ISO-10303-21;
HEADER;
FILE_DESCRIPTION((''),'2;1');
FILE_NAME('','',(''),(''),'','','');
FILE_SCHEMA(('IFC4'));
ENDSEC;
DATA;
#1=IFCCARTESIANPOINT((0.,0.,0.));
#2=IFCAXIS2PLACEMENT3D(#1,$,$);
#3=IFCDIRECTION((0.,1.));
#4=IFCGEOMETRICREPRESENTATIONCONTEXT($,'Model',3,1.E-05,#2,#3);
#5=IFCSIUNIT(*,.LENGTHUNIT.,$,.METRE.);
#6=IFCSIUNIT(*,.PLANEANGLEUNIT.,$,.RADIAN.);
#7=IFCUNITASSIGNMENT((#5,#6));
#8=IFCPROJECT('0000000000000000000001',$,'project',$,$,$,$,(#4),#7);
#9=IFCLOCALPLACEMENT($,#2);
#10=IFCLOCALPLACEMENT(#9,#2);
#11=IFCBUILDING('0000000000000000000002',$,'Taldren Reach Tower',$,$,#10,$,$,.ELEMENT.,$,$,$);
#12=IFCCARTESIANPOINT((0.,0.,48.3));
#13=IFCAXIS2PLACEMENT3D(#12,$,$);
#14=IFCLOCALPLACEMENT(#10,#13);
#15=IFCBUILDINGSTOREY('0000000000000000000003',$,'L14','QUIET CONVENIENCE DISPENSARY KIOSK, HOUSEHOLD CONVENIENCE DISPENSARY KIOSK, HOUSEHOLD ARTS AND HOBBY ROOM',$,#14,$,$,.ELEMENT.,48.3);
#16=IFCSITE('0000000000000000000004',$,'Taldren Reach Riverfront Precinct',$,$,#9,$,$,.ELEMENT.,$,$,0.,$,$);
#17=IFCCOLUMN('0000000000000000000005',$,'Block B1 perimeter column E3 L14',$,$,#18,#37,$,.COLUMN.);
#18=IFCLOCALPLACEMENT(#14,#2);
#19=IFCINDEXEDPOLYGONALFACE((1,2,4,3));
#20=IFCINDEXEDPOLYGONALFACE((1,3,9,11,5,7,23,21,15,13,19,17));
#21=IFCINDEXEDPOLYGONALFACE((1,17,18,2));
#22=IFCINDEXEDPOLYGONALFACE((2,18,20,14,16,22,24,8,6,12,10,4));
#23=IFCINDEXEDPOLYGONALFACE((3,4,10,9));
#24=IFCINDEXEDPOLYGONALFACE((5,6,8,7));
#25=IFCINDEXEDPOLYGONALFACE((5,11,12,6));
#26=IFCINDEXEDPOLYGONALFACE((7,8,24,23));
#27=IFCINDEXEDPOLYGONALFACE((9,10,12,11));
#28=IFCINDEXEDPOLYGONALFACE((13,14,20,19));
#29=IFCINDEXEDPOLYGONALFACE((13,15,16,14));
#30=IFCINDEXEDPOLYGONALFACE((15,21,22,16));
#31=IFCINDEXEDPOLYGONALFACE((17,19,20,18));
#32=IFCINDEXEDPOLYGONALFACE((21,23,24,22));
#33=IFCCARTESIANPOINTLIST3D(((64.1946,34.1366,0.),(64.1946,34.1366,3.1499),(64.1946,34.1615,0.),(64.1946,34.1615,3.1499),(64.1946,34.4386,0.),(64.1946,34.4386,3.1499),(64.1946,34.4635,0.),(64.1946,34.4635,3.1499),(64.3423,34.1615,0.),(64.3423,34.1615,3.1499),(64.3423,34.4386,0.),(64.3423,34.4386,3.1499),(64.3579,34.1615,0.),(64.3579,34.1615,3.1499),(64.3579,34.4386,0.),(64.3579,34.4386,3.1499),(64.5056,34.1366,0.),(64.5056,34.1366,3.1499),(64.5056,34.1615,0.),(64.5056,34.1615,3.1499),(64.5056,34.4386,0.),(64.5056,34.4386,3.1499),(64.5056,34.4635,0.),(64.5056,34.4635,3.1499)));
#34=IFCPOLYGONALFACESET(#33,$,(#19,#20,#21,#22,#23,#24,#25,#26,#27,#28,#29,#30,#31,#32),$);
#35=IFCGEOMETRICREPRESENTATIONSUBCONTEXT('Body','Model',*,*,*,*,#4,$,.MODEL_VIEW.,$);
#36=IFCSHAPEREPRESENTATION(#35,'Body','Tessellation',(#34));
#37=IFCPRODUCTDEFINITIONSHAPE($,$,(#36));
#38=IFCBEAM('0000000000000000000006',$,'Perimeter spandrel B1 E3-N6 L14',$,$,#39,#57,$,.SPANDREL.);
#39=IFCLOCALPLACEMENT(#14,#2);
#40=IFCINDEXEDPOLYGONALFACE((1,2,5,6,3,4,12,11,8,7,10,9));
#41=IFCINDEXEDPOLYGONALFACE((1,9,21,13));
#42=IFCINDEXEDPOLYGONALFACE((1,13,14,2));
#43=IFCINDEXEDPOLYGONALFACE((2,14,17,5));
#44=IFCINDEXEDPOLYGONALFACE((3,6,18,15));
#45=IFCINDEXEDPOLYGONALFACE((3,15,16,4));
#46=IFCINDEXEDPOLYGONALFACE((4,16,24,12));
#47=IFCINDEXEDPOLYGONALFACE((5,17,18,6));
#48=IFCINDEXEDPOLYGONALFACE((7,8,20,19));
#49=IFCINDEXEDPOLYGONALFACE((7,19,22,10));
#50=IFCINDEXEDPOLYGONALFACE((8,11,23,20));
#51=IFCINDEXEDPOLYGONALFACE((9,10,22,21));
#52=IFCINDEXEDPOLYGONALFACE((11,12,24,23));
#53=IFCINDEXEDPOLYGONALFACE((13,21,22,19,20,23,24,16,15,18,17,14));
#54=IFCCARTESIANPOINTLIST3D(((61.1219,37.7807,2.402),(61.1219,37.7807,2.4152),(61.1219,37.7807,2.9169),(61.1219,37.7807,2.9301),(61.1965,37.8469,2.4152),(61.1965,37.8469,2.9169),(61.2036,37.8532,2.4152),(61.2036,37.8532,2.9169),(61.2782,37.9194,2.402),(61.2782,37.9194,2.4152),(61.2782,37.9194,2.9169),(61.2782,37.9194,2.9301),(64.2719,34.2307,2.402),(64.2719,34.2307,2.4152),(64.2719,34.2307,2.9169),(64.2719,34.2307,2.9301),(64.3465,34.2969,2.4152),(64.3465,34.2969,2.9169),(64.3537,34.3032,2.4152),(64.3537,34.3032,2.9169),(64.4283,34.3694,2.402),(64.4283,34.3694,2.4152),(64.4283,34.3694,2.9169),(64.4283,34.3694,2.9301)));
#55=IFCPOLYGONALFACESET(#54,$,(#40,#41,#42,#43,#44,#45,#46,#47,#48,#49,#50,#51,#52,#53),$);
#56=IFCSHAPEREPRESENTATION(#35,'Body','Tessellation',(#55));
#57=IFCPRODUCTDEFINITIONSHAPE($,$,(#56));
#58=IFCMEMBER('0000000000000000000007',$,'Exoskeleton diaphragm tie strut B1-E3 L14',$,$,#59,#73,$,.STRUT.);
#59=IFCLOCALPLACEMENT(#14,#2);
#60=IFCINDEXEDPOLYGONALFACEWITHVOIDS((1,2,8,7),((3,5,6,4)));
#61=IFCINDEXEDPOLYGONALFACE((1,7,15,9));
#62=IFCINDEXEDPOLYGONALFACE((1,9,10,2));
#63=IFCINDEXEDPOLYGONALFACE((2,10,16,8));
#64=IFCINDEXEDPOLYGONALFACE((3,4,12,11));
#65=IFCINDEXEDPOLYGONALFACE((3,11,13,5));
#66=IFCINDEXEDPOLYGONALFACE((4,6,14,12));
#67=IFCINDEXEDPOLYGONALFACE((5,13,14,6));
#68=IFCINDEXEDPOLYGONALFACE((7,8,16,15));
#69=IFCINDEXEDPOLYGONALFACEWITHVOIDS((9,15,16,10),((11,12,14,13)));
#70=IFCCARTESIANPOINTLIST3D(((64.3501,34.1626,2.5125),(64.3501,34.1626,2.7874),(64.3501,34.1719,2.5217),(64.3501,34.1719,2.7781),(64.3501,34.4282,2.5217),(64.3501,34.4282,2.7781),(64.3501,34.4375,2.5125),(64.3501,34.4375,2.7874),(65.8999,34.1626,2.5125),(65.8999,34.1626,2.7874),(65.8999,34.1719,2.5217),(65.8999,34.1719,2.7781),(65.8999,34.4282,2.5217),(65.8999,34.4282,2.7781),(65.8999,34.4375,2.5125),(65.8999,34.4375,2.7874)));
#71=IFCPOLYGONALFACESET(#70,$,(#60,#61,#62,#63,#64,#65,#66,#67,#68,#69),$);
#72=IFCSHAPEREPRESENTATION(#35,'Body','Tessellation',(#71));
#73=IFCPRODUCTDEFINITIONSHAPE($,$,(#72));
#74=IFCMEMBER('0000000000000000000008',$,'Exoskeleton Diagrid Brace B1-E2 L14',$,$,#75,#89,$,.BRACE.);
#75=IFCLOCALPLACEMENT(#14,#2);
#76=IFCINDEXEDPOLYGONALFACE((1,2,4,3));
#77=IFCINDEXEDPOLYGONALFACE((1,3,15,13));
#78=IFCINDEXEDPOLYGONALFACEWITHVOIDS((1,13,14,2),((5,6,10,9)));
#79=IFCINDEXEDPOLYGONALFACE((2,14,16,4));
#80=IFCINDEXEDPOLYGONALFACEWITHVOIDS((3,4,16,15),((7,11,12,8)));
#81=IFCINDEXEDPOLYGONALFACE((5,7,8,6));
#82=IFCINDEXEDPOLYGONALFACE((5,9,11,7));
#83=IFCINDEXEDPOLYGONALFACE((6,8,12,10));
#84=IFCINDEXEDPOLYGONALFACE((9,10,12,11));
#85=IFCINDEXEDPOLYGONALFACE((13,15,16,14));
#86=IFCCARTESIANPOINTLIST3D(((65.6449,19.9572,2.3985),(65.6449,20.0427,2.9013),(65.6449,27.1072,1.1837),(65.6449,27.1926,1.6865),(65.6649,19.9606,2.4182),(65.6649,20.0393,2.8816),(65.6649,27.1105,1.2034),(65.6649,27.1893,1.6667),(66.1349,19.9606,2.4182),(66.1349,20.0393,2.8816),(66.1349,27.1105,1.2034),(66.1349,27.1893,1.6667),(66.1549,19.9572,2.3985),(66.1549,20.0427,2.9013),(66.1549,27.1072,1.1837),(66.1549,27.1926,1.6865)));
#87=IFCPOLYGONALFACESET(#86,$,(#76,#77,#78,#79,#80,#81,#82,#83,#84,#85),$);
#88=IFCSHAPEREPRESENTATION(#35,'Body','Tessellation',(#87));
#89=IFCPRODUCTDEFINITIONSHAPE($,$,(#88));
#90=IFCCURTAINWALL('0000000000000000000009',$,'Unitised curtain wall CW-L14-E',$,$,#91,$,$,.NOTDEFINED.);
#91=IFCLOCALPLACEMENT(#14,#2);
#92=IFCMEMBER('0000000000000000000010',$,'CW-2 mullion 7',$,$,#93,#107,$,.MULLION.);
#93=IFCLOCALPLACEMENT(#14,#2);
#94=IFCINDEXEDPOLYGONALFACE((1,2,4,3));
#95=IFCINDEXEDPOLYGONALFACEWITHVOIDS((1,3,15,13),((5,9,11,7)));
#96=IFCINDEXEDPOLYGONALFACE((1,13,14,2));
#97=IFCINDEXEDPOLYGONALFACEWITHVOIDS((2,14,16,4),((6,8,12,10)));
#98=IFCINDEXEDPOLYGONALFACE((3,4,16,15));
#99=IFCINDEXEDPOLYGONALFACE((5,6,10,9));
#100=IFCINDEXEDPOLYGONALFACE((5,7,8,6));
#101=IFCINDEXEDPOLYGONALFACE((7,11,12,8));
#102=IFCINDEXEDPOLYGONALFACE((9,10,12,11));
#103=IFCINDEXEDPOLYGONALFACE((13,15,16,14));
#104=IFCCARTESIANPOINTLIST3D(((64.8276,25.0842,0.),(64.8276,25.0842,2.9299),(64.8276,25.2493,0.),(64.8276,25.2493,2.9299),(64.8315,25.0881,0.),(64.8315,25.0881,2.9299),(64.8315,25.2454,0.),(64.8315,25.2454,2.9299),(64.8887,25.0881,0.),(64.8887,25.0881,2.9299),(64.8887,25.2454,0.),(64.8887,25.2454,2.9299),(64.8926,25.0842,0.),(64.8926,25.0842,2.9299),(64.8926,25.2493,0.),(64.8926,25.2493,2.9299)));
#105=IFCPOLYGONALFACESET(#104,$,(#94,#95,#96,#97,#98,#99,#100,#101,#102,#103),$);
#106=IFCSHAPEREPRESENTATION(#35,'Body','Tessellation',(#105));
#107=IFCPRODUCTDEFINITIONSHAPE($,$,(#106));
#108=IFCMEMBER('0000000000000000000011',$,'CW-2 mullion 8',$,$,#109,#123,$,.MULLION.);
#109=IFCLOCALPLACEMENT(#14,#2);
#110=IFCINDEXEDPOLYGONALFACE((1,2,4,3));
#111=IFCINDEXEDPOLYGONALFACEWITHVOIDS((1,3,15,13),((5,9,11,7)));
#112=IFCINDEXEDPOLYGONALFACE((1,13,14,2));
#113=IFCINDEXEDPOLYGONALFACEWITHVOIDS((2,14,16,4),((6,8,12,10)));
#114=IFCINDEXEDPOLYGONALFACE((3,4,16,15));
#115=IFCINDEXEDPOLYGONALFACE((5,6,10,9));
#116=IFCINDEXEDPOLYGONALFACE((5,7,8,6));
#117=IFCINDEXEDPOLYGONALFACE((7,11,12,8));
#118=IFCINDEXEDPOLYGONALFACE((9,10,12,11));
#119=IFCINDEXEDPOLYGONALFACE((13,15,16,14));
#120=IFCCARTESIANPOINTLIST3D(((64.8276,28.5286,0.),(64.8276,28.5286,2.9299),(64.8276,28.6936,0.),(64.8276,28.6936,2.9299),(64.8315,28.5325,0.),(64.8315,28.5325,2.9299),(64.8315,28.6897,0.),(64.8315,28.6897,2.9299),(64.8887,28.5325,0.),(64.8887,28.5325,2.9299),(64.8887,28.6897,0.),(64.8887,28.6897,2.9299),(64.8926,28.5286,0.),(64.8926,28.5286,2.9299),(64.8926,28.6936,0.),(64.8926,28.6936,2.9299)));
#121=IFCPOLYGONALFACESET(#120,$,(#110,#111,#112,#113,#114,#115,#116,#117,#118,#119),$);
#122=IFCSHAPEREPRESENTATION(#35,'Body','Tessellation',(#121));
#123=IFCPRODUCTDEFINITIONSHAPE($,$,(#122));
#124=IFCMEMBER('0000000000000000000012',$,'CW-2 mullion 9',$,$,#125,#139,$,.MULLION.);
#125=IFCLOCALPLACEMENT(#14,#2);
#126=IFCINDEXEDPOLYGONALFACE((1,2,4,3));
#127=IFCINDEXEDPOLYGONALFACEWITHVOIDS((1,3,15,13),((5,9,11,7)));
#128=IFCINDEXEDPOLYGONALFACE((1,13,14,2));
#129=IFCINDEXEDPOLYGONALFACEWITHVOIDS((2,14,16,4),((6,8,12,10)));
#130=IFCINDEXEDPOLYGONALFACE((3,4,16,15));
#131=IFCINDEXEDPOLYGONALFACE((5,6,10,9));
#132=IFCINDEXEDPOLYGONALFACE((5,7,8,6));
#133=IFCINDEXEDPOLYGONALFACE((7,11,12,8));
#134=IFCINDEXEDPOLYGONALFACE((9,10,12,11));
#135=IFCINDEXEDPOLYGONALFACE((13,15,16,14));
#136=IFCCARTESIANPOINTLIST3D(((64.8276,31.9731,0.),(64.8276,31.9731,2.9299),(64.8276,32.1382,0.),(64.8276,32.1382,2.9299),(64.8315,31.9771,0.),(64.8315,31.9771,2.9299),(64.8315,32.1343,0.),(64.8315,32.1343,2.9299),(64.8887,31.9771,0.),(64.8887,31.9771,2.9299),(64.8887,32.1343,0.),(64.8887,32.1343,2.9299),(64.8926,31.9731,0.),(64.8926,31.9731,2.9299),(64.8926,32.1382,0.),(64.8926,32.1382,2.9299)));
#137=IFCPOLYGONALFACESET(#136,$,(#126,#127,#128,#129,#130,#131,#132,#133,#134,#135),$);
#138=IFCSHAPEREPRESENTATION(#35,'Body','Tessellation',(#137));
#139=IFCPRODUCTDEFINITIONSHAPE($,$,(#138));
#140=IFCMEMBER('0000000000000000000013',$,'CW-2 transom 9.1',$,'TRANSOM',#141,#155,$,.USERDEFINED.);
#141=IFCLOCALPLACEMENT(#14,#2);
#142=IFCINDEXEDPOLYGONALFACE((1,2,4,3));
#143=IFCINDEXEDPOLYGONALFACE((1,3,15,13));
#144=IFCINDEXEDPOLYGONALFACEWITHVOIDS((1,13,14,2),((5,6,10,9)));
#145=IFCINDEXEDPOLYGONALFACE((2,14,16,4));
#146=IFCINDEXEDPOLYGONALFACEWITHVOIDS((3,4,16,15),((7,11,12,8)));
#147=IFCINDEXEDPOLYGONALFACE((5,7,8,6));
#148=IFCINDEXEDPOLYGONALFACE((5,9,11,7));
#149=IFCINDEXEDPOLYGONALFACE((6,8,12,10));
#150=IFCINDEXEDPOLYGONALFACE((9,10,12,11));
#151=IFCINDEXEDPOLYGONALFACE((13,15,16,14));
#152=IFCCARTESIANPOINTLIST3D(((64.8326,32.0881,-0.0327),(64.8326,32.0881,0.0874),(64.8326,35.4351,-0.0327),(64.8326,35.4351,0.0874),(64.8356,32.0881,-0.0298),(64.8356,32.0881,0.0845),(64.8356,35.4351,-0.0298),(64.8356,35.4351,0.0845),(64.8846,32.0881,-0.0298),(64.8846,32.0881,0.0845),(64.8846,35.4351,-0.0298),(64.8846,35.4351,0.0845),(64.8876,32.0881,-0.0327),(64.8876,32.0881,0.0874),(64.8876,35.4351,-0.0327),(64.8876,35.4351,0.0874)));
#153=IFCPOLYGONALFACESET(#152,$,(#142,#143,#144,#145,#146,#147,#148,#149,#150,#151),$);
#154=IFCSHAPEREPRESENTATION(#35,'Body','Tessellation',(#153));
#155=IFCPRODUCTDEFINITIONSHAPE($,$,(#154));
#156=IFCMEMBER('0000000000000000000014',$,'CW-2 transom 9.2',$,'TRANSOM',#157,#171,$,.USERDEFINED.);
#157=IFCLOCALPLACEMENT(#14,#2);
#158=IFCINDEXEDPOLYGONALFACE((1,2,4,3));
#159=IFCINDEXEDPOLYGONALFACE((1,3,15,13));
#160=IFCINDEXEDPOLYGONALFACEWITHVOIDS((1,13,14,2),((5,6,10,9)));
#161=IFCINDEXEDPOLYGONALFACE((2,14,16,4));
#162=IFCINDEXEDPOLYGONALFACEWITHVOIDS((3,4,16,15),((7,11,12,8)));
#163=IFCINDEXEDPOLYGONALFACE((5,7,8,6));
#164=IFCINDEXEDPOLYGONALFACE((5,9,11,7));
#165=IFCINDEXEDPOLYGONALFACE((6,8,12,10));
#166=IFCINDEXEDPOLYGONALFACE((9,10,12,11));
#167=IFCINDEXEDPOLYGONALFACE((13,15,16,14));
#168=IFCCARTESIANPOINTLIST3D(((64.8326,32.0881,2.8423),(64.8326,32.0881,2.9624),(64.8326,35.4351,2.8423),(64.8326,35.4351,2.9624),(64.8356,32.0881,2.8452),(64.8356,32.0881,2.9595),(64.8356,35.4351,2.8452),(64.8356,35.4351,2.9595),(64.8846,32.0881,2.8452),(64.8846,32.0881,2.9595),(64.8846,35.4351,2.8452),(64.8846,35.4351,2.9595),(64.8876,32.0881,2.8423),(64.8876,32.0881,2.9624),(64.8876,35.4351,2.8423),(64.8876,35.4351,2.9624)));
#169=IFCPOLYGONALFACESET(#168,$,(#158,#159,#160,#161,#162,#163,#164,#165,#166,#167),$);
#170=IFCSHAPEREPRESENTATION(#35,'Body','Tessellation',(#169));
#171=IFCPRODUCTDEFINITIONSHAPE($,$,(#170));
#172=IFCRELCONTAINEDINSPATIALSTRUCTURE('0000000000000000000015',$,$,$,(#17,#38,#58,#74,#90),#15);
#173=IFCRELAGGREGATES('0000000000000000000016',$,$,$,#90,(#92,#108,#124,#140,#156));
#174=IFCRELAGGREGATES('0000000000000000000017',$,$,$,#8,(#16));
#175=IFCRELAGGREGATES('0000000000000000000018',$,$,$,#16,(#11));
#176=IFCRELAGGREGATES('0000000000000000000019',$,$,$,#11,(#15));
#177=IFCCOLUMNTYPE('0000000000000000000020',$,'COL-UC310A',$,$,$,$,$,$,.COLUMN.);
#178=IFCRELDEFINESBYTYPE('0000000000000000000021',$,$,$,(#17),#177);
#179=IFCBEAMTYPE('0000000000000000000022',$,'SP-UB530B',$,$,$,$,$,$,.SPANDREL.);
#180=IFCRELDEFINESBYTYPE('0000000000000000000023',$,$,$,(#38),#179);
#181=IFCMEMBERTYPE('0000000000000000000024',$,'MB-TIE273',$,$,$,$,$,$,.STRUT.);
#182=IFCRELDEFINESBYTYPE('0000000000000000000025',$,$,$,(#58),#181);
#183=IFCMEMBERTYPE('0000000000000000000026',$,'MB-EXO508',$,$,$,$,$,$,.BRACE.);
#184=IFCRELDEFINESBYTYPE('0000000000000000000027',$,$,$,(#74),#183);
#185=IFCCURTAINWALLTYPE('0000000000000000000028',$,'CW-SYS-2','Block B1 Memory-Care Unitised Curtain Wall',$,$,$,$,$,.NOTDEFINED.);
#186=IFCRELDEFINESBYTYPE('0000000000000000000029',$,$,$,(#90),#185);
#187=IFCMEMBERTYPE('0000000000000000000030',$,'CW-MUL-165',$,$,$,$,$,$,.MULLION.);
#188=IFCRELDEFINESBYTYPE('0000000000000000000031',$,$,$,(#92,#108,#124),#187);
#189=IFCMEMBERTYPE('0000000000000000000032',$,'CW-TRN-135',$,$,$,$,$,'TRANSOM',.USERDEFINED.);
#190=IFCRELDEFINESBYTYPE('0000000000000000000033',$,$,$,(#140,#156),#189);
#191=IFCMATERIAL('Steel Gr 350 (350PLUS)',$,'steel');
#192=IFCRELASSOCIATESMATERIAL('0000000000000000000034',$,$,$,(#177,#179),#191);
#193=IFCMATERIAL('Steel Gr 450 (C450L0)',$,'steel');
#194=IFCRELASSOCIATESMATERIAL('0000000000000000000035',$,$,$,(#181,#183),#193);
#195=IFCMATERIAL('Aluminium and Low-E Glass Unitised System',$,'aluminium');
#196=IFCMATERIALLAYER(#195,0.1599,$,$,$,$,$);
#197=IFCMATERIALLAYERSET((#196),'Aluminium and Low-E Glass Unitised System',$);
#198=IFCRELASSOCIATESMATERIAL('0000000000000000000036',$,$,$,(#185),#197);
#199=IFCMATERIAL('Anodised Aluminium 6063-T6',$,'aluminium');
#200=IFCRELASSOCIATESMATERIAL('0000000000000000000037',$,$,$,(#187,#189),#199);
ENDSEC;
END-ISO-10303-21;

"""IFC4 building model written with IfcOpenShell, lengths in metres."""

from ifc_helpers import new_model, si_unit, direction, frame, origin, origin_2d, place, context, subcontext, project, spatial, hollow_rectangle, i_section, extrude, source, transform, mapped, material, layer, layer_set, material_profile, profile_set, type_object, element, aggregate, save


model = new_model("IFC4")

# Units and contexts
model_context = context("Model", 3, precision=1e-05, world=origin(), true_north=direction((0.0, 1.0)))
body_context = subcontext(model_context, "Body", "Model", "MODEL_VIEW")
ifc_project = project(units=[si_unit("LENGTHUNIT", "METRE"), si_unit("PLANEANGLEUNIT", "RADIAN")], contexts=[model_context])

# Site, building, storey
site_placement = place(None, origin())
site = spatial("IfcSite", under=ifc_project, at=site_placement, Name="Taldren Reach Riverfront Precinct", CompositionType="ELEMENT", RefElevation=0.0)
building_placement = place(site_placement, origin())
building = spatial("IfcBuilding", under=site, at=building_placement, Name="Taldren Reach Tower", CompositionType="ELEMENT")
storey_placement = place(building_placement, frame((0.0, 0.0, 48.3)))
storey = spatial("IfcBuildingStorey", under=building, at=storey_placement, Name="L14", Description="QUIET CONVENIENCE DISPENSARY KIOSK, HOUSEHOLD CONVENIENCE DISPENSARY KIOSK, HOUSEHOLD ARTS AND HOBBY ROOM", CompositionType="ELEMENT", Elevation=48.3)

# Column
ifc_material_1 = material(Name="Steel Gr 350 (350PLUS)", Category="steel")
ifc_material_profile_1 = material_profile(ifc_material_1, i_section(OverallWidth=0.311, OverallDepth=0.3269, WebThickness=0.0156, FlangeThickness=0.0249, at=origin_2d()), Name="310UC158")
ifc_profile_set_1 = profile_set([ifc_material_profile_1], Name="Steel Gr 350 (350PLUS)")
column_type = type_object("IfcColumnType", Name="COL-UC310A", PredefinedType="COLUMN", material=ifc_profile_set_1)
shared_shape_1 = source(origin(), body_context, "Body", "SweptSolid", [
    extrude(i_section(OverallWidth=0.311, OverallDepth=0.3269, WebThickness=0.0156, FlangeThickness=0.0249, at=origin_2d()), origin(), (0.0, 0.0, 1.0), 3.1499),
])
column_placement = place(storey_placement, frame((64.3501, 34.3, 0.0), z_axis=(0.0, 0.0, 1.0), x_axis=(1.0, 0.0, 0.0)))
element("IfcColumn", 1, at=column_placement, inside=storey, type_object=column_type, Name="Block B1 perimeter column E3 L14", PredefinedType="COLUMN", context=body_context, shape_type="MappedRepresentation", body=[
    mapped(shared_shape_1, transform((0.0, 0.0, 0.0), scale=1.0)),
])

# Beam
ifc_material_profile_2 = material_profile(ifc_material_1, i_section(OverallWidth=0.209, OverallDepth=0.5281, WebThickness=0.0095, FlangeThickness=0.0132, at=origin_2d()), Name="530UB82.0")
ifc_profile_set_2 = profile_set([ifc_material_profile_2], Name="Steel Gr 350 (350PLUS)")
beam_type = type_object("IfcBeamType", Name="SP-UB530B", PredefinedType="SPANDREL", material=ifc_profile_set_2)
shared_shape_2 = source(origin(), body_context, "Body", "SweptSolid", [
    extrude(i_section(OverallWidth=0.209, OverallDepth=0.5281, WebThickness=0.0095, FlangeThickness=0.0132, at=origin_2d()), origin(), (0.0, 0.0, 1.0), 4.7461),
])
beam_placement = place(storey_placement, frame((64.3501, 34.3, 2.666), z_axis=(-0.663722, 0.747979, 0.0), x_axis=(-0.747979, -0.663722, 0.0)))
element("IfcBeam", 2, at=beam_placement, inside=storey, type_object=beam_type, Name="Perimeter spandrel B1 E3-N6 L14", PredefinedType="SPANDREL", context=body_context, shape_type="MappedRepresentation", body=[
    mapped(shared_shape_2, transform((0.0, 0.0, 0.0), scale=1.0)),
])

# Members
ifc_material_2 = material(Name="Steel Gr 450 (C450L0)", Category="steel")
ifc_material_profile_3 = material_profile(ifc_material_2, hollow_rectangle(XDim=0.2749, YDim=0.2749, WallThickness=0.0093, at=origin_2d()), Name="275x275x9.3SHS")
ifc_profile_set_3 = profile_set([ifc_material_profile_3], Name="Steel Gr 450 (C450L0)")
member_type_1 = type_object("IfcMemberType", Name="MB-TIE273", PredefinedType="STRUT", material=ifc_profile_set_3)
shared_shape_3 = source(origin(), body_context, "Body", "SweptSolid", [
    extrude(hollow_rectangle(XDim=0.2749, YDim=0.2749, WallThickness=0.0093, at=origin_2d()), origin(), (0.0, 0.0, 1.0), 1.5498),
])
member_1_placement = place(storey_placement, frame((64.3501, 34.3, 2.6499), z_axis=(1.0, 0.0, 0.0), x_axis=(0.0, 1.0, 0.0)))
element("IfcMember", 3, at=member_1_placement, inside=storey, type_object=member_type_1, Name="Exoskeleton diaphragm tie strut B1-E3 L14", PredefinedType="STRUT", context=body_context, shape_type="MappedRepresentation", body=[
    mapped(shared_shape_3, transform((0.0, 0.0, 0.0), scale=1.0)),
])
ifc_material_profile_4 = material_profile(ifc_material_2, hollow_rectangle(XDim=0.51, YDim=0.51, WallThickness=0.02, at=origin_2d()), Name="510x510x20.0SHS")
ifc_profile_set_4 = profile_set([ifc_material_profile_4], Name="Steel Gr 450 (C450L0)")
member_type_2 = type_object("IfcMemberType", Name="MB-EXO508", PredefinedType="BRACE", material=ifc_profile_set_4)
shared_shape_4 = source(origin(), body_context, "Body", "SweptSolid", [
    extrude(hollow_rectangle(XDim=0.51, YDim=0.51, WallThickness=0.02, at=origin_2d()), origin(), (0.0, 0.0, 1.0), 7.2524),
])
member_2_placement = place(storey_placement, frame((65.8999, 27.1499, 1.4351), z_axis=(0.0, -0.98587, 0.16751), x_axis=(1.0, 0.0, 0.0)))
element("IfcMember", 4, at=member_2_placement, inside=storey, type_object=member_type_2, Name="Exoskeleton Diagrid Brace B1-E2 L14", PredefinedType="BRACE", context=body_context, shape_type="MappedRepresentation", body=[
    mapped(shared_shape_4, transform((0.0, 0.0, 0.0), scale=1.0)),
])

# Curtain wall, members
ifc_material_3 = material(Name="Aluminium and Low-E Glass Unitised System", Category="aluminium")
ifc_layer_1 = layer(ifc_material_3, 0.1599)
ifc_layer_set_1 = layer_set([ifc_layer_1], Name="Aluminium and Low-E Glass Unitised System")
curtain_wall_type = type_object("IfcCurtainWallType", Name="CW-SYS-2", Description="Block B1 Memory-Care Unitised Curtain Wall", PredefinedType="NOTDEFINED", material=ifc_layer_set_1)
curtain_wall_placement = place(storey_placement, origin())
curtain_wall = element("IfcCurtainWall", 5, at=curtain_wall_placement, inside=storey, type_object=curtain_wall_type, Name="Unitised curtain wall CW-L14-E", PredefinedType="NOTDEFINED")
ifc_material_4 = material(Name="Anodised Aluminium 6063-T6", Category="aluminium")
ifc_material_profile_5 = material_profile(ifc_material_4, hollow_rectangle(XDim=0.0649, YDim=0.165, WallThickness=0.0039, at=origin_2d()), Name="ALU-165x65x4RHS")
ifc_profile_set_5 = profile_set([ifc_material_profile_5], Name="Anodised Aluminium 6063-T6")
member_type_3 = type_object("IfcMemberType", Name="CW-MUL-165", PredefinedType="MULLION", material=ifc_profile_set_5)
shared_shape_5 = source(origin(), body_context, "Body", "SweptSolid", [
    extrude(hollow_rectangle(XDim=0.0649, YDim=0.165, WallThickness=0.0039, at=origin_2d()), origin(), (0.0, 0.0, 1.0), 2.9299),
])
member_3_placement = place(storey_placement, frame((64.8601, 25.1667, 0.0), z_axis=(0.0, 0.0, 1.0), x_axis=(-1.0, 0.0, 0.0)))
member_3 = element("IfcMember", 6, at=member_3_placement, type_object=member_type_3, Name="CW-2 mullion 7", PredefinedType="MULLION", context=body_context, shape_type="MappedRepresentation", body=[
    mapped(shared_shape_5, transform((0.0, 0.0, 0.0), scale=1.0)),
])
member_4_placement = place(storey_placement, frame((64.8601, 28.6111, 0.0), z_axis=(0.0, 0.0, 1.0), x_axis=(-1.0, 0.0, 0.0)))
member_4 = element("IfcMember", 7, at=member_4_placement, type_object=member_type_3, Name="CW-2 mullion 8", PredefinedType="MULLION", context=body_context, shape_type="MappedRepresentation", body=[
    mapped(shared_shape_5, transform((0.0, 0.0, 0.0), scale=1.0)),
])
member_5_placement = place(storey_placement, frame((64.8601, 32.0557, 0.0), z_axis=(0.0, 0.0, 1.0), x_axis=(-1.0, 0.0, 0.0)))
member_5 = element("IfcMember", 8, at=member_5_placement, type_object=member_type_3, Name="CW-2 mullion 9", PredefinedType="MULLION", context=body_context, shape_type="MappedRepresentation", body=[
    mapped(shared_shape_5, transform((0.0, 0.0, 0.0), scale=1.0)),
])
ifc_material_profile_6 = material_profile(ifc_material_4, hollow_rectangle(XDim=0.0549, YDim=0.1201, WallThickness=0.0029, at=origin_2d()), Name="ALU-120x55x3RHS")
ifc_profile_set_6 = profile_set([ifc_material_profile_6], Name="Anodised Aluminium 6063-T6")
member_type_4 = type_object("IfcMemberType", Name="CW-TRN-135", ElementType="TRANSOM", PredefinedType="USERDEFINED", material=ifc_profile_set_6)
shared_shape_6 = source(origin(), body_context, "Body", "SweptSolid", [
    extrude(hollow_rectangle(XDim=0.0549, YDim=0.1201, WallThickness=0.0029, at=origin_2d()), origin(), (0.0, 0.0, 1.0), 3.3469),
])
member_6_placement = place(storey_placement, frame((64.8601, 32.0881, 0.0273), z_axis=(0.0, 1.0, 0.0), x_axis=(-1.0, 0.0, 0.0)))
member_6 = element("IfcMember", 9, at=member_6_placement, type_object=member_type_4, Name="CW-2 transom 9.1", ObjectType="TRANSOM", PredefinedType="USERDEFINED", context=body_context, shape_type="MappedRepresentation", body=[
    mapped(shared_shape_6, transform((0.0, 0.0, 0.0), scale=1.0)),
])
member_7_placement = place(storey_placement, frame((64.8601, 32.0881, 2.9023), z_axis=(0.0, 1.0, 0.0), x_axis=(-1.0, 0.0, 0.0)))
member_7 = element("IfcMember", 10, at=member_7_placement, type_object=member_type_4, Name="CW-2 transom 9.2", ObjectType="TRANSOM", PredefinedType="USERDEFINED", context=body_context, shape_type="MappedRepresentation", body=[
    mapped(shared_shape_6, transform((0.0, 0.0, 0.0), scale=1.0)),
])
aggregate(curtain_wall, [member_3, member_4, member_5, member_6, member_7])

save(model, "model.ifc")
